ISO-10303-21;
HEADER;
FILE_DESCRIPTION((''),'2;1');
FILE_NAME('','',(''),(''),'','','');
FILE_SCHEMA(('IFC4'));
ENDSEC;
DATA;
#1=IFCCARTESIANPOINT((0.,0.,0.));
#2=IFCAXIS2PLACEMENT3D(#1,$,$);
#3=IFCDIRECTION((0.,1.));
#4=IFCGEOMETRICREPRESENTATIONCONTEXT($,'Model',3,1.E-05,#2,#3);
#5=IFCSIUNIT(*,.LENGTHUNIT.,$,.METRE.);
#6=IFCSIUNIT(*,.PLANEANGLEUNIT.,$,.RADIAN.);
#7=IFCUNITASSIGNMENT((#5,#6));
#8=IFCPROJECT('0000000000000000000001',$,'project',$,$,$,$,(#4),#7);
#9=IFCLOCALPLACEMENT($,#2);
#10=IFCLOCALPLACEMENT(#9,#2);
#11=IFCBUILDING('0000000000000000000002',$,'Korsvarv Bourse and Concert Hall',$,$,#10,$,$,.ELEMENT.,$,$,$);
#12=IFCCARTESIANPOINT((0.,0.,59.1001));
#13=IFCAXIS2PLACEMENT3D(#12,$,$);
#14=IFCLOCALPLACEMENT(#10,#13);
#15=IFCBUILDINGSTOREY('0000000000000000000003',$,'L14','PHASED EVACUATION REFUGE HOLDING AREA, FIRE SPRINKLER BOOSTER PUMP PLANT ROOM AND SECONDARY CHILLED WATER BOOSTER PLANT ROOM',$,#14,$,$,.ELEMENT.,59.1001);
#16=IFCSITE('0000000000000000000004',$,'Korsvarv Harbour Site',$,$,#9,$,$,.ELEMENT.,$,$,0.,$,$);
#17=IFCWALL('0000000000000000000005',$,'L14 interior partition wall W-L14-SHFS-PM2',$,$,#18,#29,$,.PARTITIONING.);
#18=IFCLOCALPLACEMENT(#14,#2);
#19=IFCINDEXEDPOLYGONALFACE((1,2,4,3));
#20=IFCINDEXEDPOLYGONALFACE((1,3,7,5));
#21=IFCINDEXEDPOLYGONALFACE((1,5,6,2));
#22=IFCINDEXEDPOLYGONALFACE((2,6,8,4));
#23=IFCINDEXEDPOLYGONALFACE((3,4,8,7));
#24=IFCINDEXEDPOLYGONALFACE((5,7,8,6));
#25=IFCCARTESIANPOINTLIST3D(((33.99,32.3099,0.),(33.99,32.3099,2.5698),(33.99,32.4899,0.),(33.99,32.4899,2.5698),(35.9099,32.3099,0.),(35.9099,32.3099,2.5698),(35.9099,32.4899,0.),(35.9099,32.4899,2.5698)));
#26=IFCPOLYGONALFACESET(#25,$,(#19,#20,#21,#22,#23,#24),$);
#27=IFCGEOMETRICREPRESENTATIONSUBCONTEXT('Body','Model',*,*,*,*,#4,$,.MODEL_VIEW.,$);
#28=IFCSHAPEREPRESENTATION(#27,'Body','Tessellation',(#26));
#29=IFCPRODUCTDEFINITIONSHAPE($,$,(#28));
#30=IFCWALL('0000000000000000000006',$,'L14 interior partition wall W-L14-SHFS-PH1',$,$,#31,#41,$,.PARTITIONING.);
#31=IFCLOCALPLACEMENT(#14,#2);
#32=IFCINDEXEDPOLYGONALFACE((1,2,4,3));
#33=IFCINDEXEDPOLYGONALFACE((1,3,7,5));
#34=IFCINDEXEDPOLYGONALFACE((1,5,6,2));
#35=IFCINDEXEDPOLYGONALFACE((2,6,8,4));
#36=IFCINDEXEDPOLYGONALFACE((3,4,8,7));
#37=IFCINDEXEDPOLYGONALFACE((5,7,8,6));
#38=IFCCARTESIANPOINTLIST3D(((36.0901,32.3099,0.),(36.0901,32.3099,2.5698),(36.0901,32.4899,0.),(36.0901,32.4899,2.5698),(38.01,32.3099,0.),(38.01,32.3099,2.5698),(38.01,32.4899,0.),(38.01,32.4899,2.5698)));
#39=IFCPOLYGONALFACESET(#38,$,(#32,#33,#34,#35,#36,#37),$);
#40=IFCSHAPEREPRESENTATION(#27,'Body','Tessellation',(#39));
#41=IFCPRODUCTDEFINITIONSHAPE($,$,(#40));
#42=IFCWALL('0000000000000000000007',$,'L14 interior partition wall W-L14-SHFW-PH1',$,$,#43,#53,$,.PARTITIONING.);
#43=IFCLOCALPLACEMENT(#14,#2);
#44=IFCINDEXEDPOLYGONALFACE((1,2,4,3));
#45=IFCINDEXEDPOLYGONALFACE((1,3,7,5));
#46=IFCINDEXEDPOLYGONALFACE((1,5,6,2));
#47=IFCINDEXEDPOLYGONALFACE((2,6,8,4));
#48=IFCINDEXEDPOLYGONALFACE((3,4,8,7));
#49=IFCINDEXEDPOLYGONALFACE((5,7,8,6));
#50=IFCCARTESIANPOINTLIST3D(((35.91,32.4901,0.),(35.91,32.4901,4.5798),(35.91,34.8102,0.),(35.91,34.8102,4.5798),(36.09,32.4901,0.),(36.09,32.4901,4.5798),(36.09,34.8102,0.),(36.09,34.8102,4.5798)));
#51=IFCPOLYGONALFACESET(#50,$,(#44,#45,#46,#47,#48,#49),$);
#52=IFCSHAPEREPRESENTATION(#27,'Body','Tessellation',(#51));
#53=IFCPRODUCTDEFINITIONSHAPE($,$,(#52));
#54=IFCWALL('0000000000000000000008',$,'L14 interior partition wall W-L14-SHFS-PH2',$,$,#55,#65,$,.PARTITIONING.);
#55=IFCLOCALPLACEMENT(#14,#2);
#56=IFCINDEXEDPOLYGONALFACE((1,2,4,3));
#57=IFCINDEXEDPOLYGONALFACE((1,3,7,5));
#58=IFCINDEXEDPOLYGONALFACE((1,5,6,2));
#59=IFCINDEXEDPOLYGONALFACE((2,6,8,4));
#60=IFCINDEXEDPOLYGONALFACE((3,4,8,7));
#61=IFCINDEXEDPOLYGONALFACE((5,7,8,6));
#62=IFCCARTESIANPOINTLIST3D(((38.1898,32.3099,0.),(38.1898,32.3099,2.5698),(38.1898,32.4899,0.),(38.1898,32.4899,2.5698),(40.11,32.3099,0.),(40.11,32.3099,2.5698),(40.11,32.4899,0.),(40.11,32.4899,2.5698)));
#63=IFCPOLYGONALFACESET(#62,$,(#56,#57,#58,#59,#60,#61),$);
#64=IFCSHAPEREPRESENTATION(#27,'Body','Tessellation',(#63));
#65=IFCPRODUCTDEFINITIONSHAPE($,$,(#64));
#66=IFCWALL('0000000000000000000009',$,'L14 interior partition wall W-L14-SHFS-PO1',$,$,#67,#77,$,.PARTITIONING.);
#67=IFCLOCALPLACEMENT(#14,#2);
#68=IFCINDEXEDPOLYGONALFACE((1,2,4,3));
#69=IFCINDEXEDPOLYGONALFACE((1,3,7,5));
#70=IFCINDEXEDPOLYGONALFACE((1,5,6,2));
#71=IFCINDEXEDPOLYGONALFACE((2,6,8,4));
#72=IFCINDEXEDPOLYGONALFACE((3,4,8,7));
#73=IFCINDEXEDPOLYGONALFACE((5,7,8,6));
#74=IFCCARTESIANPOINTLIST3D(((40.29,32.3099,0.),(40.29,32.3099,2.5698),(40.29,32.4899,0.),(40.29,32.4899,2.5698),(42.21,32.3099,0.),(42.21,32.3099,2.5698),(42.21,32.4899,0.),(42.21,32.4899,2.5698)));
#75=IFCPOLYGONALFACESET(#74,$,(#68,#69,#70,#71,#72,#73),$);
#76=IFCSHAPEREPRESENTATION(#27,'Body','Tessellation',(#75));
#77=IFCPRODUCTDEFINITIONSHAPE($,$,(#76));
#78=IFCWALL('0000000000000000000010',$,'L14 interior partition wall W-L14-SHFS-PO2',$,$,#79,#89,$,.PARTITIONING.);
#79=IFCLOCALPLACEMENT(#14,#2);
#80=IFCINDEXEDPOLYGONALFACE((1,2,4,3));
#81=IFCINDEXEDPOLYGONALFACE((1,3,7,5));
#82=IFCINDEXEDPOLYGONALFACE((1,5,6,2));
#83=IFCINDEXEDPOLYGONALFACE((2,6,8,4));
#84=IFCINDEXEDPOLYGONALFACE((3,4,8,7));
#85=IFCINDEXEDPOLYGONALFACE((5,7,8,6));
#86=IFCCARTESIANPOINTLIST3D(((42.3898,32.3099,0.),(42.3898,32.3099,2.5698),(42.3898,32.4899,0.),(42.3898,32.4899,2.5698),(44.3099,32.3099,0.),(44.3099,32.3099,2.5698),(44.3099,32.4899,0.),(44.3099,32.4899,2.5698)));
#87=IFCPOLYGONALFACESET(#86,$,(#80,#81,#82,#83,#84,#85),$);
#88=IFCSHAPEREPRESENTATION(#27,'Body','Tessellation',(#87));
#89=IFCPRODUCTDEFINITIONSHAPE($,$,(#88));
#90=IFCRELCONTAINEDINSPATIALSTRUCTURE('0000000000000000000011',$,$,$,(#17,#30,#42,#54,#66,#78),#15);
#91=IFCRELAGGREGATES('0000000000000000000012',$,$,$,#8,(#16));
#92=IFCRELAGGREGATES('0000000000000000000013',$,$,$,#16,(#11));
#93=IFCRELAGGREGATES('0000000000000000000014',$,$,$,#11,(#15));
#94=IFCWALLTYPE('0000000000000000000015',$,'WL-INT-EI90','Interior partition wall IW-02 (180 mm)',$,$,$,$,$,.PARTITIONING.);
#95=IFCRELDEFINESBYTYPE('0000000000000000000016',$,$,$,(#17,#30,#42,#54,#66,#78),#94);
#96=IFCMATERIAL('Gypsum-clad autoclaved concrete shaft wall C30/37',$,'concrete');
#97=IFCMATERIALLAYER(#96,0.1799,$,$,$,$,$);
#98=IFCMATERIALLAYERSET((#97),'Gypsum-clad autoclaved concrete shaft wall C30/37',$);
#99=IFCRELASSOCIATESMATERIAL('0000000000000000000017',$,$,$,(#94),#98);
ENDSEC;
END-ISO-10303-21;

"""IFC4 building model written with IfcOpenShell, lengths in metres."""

from ifc_helpers import new_model, si_unit, direction, frame, frame_2d, origin, place, context, subcontext, project, spatial, rectangle, extrude, material, layer, layer_set, type_object, element, save


model = new_model("IFC4")

# Units and contexts
model_context = context("Model", 3, precision=1e-05, world=origin(), true_north=direction((0.0, 1.0)))
body_context = subcontext(model_context, "Body", "Model", "MODEL_VIEW")
ifc_project = project(units=[si_unit("LENGTHUNIT", "METRE"), si_unit("PLANEANGLEUNIT", "RADIAN")], contexts=[model_context])

# Site, building, storey
site_placement = place(None, origin())
site = spatial("IfcSite", under=ifc_project, at=site_placement, Name="Korsvarv Harbour Site", CompositionType="ELEMENT", RefElevation=0.0)
building_placement = place(site_placement, origin())
building = spatial("IfcBuilding", under=site, at=building_placement, Name="Korsvarv Bourse and Concert Hall", CompositionType="ELEMENT")
storey_placement = place(building_placement, frame((0.0, 0.0, 59.1001)))
storey = spatial("IfcBuildingStorey", under=building, at=storey_placement, Name="L14", Description="PHASED EVACUATION REFUGE HOLDING AREA, FIRE SPRINKLER BOOSTER PUMP PLANT ROOM AND SECONDARY CHILLED WATER BOOSTER PLANT ROOM", CompositionType="ELEMENT", Elevation=59.1001)

# Walls
ifc_material_1 = material(Name="Gypsum-clad autoclaved concrete shaft wall C30/37", Category="concrete")
ifc_layer_1 = layer(ifc_material_1, 0.1799)
ifc_layer_set_1 = layer_set([ifc_layer_1], Name="Gypsum-clad autoclaved concrete shaft wall C30/37")
wall_type = type_object("IfcWallType", Name="WL-INT-EI90", Description="Interior partition wall IW-02 (180 mm)", PredefinedType="PARTITIONING", material=ifc_layer_set_1)
for number, where, z_axis, x_axis, name in (
    (1, (33.99, 32.3999, 0.0), (0.0, 0.0, 1.0), (1.0, 0.0, 0.0), "L14 interior partition wall W-L14-SHFS-PM2"),
    (2, (36.0901, 32.3999, 0.0), (0.0, 0.0, 1.0), (1.0, 0.0, 0.0), "L14 interior partition wall W-L14-SHFS-PH1"),
):
    element("IfcWall", number, at=place(storey_placement, frame(where, z_axis=z_axis, x_axis=x_axis)), inside=storey, type_object=wall_type, Name=name, PredefinedType="PARTITIONING", context=body_context, shape_type="SweptSolid", body=[
        extrude(rectangle(XDim=1.9199, YDim=0.1799, at=frame_2d((0.96, 0.0))), origin(), (0.0, 0.0, 1.0), 2.5698),
    ])
wall_1_placement = place(storey_placement, frame((36.0, 32.49, 0.0), z_axis=(0.0, 0.0, 1.0), x_axis=(0.0, 1.0, 0.0)))
element("IfcWall", 3, at=wall_1_placement, inside=storey, type_object=wall_type, Name="L14 interior partition wall W-L14-SHFW-PH1", PredefinedType="PARTITIONING", context=body_context, shape_type="SweptSolid", body=[
    extrude(rectangle(XDim=2.3201, YDim=0.1799, at=frame_2d((1.1602, 0.0))), origin(), (0.0, 0.0, 1.0), 4.5798),
])
wall_2_placement = place(storey_placement, frame((38.1899, 32.3999, 0.0), z_axis=(0.0, 0.0, 1.0), x_axis=(1.0, 0.0, 0.0)))
element("IfcWall", 4, at=wall_2_placement, inside=storey, type_object=wall_type, Name="L14 interior partition wall W-L14-SHFS-PH2", PredefinedType="PARTITIONING", context=body_context, shape_type="SweptSolid", body=[
    extrude(rectangle(XDim=1.9202, YDim=0.1799, at=frame_2d((0.96, 0.0))), origin(), (0.0, 0.0, 1.0), 2.5698),
])
wall_3_placement = place(storey_placement, frame((40.29, 32.3999, 0.0), z_axis=(0.0, 0.0, 1.0), x_axis=(1.0, 0.0, 0.0)))
element("IfcWall", 5, at=wall_3_placement, inside=storey, type_object=wall_type, Name="L14 interior partition wall W-L14-SHFS-PO1", PredefinedType="PARTITIONING", context=body_context, shape_type="SweptSolid", body=[
    extrude(rectangle(XDim=1.9199, YDim=0.1799, at=frame_2d((0.96, 0.0))), origin(), (0.0, 0.0, 1.0), 2.5698),
])
wall_4_placement = place(storey_placement, frame((42.3899, 32.3999, 0.0), z_axis=(0.0, 0.0, 1.0), x_axis=(1.0, 0.0, 0.0)))
element("IfcWall", 6, at=wall_4_placement, inside=storey, type_object=wall_type, Name="L14 interior partition wall W-L14-SHFS-PO2", PredefinedType="PARTITIONING", context=body_context, shape_type="SweptSolid", body=[
    extrude(rectangle(XDim=1.9202, YDim=0.1799, at=frame_2d((0.96, 0.0))), origin(), (0.0, 0.0, 1.0), 2.5698),
])

save(model, "model.ifc")
